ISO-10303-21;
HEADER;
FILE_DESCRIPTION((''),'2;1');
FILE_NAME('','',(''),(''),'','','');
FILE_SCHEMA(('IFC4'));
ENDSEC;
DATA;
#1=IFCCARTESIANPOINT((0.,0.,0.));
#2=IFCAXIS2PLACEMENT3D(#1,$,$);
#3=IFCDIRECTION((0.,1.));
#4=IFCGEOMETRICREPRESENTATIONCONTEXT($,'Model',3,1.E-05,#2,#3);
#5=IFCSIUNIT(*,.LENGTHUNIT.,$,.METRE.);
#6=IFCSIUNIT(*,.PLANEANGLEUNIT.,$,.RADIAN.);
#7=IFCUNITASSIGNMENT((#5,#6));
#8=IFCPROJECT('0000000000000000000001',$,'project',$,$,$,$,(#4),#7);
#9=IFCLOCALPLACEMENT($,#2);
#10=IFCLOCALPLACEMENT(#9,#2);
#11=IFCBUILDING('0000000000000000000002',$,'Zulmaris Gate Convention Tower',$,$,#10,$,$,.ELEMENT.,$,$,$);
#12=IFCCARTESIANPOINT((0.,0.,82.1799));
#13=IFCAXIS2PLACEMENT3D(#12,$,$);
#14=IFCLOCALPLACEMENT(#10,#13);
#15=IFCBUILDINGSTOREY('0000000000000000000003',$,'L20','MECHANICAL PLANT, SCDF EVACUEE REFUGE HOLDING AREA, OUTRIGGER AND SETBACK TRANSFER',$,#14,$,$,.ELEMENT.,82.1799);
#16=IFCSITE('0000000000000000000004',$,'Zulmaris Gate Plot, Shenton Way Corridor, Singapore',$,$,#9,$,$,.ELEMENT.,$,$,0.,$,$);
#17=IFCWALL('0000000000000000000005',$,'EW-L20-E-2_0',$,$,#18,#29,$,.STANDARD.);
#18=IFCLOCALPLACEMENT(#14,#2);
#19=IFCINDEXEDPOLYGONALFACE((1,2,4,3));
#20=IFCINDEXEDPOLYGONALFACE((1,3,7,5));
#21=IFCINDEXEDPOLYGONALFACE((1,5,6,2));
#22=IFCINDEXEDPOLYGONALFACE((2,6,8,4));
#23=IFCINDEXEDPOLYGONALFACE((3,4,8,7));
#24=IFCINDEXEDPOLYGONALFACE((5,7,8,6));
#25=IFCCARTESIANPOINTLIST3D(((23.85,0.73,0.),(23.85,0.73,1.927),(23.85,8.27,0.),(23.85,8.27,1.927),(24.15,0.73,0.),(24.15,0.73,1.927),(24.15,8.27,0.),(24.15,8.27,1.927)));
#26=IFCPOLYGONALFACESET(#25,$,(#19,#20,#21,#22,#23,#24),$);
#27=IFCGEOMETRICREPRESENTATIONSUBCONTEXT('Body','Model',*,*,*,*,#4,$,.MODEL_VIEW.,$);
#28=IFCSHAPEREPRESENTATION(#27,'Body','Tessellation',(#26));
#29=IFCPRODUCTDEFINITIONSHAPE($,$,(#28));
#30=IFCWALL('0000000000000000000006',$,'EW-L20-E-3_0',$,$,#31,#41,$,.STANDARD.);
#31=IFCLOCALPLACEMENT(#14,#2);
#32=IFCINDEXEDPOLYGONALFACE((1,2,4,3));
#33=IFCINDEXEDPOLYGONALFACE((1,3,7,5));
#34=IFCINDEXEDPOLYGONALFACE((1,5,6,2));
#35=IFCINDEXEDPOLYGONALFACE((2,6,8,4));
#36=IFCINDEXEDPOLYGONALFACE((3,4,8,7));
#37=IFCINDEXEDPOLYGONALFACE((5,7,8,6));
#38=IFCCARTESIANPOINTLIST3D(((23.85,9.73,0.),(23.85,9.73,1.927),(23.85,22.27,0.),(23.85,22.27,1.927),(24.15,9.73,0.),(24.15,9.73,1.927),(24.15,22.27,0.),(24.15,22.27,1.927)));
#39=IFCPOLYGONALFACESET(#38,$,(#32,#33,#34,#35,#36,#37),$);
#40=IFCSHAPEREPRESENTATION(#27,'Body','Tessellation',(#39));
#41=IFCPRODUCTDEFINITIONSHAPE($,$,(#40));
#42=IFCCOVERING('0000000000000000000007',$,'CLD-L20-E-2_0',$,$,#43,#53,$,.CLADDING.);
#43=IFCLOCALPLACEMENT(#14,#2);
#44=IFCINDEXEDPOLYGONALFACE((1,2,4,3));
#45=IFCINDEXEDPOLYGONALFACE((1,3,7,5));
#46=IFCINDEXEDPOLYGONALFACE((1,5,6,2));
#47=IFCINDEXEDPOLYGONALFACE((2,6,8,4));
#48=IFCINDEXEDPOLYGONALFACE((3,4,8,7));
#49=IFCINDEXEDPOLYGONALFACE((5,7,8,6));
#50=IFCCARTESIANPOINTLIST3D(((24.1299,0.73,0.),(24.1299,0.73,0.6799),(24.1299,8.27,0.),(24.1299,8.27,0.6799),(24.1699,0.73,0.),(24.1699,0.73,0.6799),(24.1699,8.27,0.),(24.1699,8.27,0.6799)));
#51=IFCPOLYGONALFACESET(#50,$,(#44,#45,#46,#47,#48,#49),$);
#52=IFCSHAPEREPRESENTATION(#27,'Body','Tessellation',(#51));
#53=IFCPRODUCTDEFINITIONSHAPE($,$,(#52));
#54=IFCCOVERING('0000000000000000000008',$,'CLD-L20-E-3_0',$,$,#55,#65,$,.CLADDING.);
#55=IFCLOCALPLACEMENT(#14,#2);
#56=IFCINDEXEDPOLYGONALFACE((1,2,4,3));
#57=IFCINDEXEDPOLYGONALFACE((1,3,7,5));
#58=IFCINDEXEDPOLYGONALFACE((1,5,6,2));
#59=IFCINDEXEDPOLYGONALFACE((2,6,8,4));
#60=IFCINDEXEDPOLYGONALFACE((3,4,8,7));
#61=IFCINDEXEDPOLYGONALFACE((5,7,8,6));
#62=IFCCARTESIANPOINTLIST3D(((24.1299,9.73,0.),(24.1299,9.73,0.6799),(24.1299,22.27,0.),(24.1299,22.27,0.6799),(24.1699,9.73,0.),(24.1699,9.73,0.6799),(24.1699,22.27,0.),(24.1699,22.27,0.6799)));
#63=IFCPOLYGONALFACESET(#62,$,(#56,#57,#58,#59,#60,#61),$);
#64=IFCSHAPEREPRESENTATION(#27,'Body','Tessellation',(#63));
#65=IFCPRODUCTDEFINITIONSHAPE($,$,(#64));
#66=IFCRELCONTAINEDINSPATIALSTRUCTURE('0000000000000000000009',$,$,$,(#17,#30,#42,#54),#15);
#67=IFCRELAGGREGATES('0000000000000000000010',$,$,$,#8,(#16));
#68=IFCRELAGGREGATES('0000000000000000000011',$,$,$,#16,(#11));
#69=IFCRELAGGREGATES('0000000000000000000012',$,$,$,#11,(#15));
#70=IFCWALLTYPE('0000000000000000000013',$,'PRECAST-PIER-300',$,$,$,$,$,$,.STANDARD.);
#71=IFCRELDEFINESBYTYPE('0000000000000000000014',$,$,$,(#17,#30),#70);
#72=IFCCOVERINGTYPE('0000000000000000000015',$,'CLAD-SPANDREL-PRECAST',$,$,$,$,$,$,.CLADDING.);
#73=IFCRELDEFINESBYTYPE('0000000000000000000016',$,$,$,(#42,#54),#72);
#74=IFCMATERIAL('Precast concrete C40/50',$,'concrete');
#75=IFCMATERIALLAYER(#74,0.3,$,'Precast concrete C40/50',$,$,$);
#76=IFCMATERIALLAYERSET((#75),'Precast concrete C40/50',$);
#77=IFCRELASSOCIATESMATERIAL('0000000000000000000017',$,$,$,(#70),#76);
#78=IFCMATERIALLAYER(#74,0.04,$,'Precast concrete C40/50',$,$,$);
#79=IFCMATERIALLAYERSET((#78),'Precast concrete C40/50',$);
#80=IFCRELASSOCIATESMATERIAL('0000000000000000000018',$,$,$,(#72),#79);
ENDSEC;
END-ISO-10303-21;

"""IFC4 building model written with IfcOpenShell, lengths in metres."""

from ifc_helpers import new_model, si_unit, direction, frame, frame_2d, origin, place, context, subcontext, project, spatial, rectangle, extrude, material, layer, layer_set, type_object, element, save


model = new_model("IFC4")

# Units and contexts
model_context = context("Model", 3, precision=1e-05, world=origin(), true_north=direction((0.0, 1.0)))
body_context = subcontext(model_context, "Body", "Model", "MODEL_VIEW")
ifc_project = project(units=[si_unit("LENGTHUNIT", "METRE"), si_unit("PLANEANGLEUNIT", "RADIAN")], contexts=[model_context])

# Site, building, storey
site_placement = place(None, origin())
site = spatial("IfcSite", under=ifc_project, at=site_placement, Name="Zulmaris Gate Plot, Shenton Way Corridor, Singapore", CompositionType="ELEMENT", RefElevation=0.0)
building_placement = place(site_placement, origin())
building = spatial("IfcBuilding", under=site, at=building_placement, Name="Zulmaris Gate Convention Tower", CompositionType="ELEMENT")
storey_placement = place(building_placement, frame((0.0, 0.0, 82.1799)))
storey = spatial("IfcBuildingStorey", under=building, at=storey_placement, Name="L20", Description="MECHANICAL PLANT, SCDF EVACUEE REFUGE HOLDING AREA, OUTRIGGER AND SETBACK TRANSFER", CompositionType="ELEMENT", Elevation=82.1799)

# Walls
ifc_material_1 = material(Name="Precast concrete C40/50", Category="concrete")
ifc_layer_1 = layer(ifc_material_1, 0.3, Name="Precast concrete C40/50")
ifc_layer_set_1 = layer_set([ifc_layer_1], Name="Precast concrete C40/50")
wall_type = type_object("IfcWallType", Name="PRECAST-PIER-300", PredefinedType="STANDARD", material=ifc_layer_set_1)
wall_1_placement = place(storey_placement, frame((24.0, 0.73, 0.0), z_axis=(0.0, 0.0, 1.0), x_axis=(0.0, 1.0, 0.0)))
element("IfcWall", 1, at=wall_1_placement, inside=storey, type_object=wall_type, Name="EW-L20-E-2_0", PredefinedType="STANDARD", context=body_context, shape_type="SweptSolid", body=[
    extrude(rectangle(XDim=7.54, YDim=0.3, at=frame_2d((3.77, 0.0))), origin(), (0.0, 0.0, 1.0), 1.927),
])
wall_2_placement = place(storey_placement, frame((24.0, 9.73, 0.0), z_axis=(0.0, 0.0, 1.0), x_axis=(0.0, 1.0, 0.0)))
element("IfcWall", 2, at=wall_2_placement, inside=storey, type_object=wall_type, Name="EW-L20-E-3_0", PredefinedType="STANDARD", context=body_context, shape_type="SweptSolid", body=[
    extrude(rectangle(XDim=12.54, YDim=0.3, at=frame_2d((6.27, 0.0))), origin(), (0.0, 0.0, 1.0), 1.927),
])

# Coverings
ifc_layer_2 = layer(ifc_material_1, 0.04, Name="Precast concrete C40/50")
ifc_layer_set_2 = layer_set([ifc_layer_2], Name="Precast concrete C40/50")
covering_type = type_object("IfcCoveringType", Name="CLAD-SPANDREL-PRECAST", PredefinedType="CLADDING", material=ifc_layer_set_2)
covering_1_placement = place(storey_placement, frame((24.1499, 0.73, 0.0), z_axis=(0.0, 0.0, 1.0), x_axis=(0.0, 1.0, 0.0)))
element("IfcCovering", 3, at=covering_1_placement, inside=storey, type_object=covering_type, Name="CLD-L20-E-2_0", PredefinedType="CLADDING", context=body_context, shape_type="SweptSolid", body=[
    extrude(rectangle(XDim=7.54, YDim=0.04, at=frame_2d((3.77, 0.0))), origin(), (0.0, 0.0, 1.0), 0.6799),
])
covering_2_placement = place(storey_placement, frame((24.1499, 9.73, 0.0), z_axis=(0.0, 0.0, 1.0), x_axis=(0.0, 1.0, 0.0)))
element("IfcCovering", 4, at=covering_2_placement, inside=storey, type_object=covering_type, Name="CLD-L20-E-3_0", PredefinedType="CLADDING", context=body_context, shape_type="SweptSolid", body=[
    extrude(rectangle(XDim=12.54, YDim=0.04, at=frame_2d((6.27, 0.0))), origin(), (0.0, 0.0, 1.0), 0.6799),
])

save(model, "model.ifc")
